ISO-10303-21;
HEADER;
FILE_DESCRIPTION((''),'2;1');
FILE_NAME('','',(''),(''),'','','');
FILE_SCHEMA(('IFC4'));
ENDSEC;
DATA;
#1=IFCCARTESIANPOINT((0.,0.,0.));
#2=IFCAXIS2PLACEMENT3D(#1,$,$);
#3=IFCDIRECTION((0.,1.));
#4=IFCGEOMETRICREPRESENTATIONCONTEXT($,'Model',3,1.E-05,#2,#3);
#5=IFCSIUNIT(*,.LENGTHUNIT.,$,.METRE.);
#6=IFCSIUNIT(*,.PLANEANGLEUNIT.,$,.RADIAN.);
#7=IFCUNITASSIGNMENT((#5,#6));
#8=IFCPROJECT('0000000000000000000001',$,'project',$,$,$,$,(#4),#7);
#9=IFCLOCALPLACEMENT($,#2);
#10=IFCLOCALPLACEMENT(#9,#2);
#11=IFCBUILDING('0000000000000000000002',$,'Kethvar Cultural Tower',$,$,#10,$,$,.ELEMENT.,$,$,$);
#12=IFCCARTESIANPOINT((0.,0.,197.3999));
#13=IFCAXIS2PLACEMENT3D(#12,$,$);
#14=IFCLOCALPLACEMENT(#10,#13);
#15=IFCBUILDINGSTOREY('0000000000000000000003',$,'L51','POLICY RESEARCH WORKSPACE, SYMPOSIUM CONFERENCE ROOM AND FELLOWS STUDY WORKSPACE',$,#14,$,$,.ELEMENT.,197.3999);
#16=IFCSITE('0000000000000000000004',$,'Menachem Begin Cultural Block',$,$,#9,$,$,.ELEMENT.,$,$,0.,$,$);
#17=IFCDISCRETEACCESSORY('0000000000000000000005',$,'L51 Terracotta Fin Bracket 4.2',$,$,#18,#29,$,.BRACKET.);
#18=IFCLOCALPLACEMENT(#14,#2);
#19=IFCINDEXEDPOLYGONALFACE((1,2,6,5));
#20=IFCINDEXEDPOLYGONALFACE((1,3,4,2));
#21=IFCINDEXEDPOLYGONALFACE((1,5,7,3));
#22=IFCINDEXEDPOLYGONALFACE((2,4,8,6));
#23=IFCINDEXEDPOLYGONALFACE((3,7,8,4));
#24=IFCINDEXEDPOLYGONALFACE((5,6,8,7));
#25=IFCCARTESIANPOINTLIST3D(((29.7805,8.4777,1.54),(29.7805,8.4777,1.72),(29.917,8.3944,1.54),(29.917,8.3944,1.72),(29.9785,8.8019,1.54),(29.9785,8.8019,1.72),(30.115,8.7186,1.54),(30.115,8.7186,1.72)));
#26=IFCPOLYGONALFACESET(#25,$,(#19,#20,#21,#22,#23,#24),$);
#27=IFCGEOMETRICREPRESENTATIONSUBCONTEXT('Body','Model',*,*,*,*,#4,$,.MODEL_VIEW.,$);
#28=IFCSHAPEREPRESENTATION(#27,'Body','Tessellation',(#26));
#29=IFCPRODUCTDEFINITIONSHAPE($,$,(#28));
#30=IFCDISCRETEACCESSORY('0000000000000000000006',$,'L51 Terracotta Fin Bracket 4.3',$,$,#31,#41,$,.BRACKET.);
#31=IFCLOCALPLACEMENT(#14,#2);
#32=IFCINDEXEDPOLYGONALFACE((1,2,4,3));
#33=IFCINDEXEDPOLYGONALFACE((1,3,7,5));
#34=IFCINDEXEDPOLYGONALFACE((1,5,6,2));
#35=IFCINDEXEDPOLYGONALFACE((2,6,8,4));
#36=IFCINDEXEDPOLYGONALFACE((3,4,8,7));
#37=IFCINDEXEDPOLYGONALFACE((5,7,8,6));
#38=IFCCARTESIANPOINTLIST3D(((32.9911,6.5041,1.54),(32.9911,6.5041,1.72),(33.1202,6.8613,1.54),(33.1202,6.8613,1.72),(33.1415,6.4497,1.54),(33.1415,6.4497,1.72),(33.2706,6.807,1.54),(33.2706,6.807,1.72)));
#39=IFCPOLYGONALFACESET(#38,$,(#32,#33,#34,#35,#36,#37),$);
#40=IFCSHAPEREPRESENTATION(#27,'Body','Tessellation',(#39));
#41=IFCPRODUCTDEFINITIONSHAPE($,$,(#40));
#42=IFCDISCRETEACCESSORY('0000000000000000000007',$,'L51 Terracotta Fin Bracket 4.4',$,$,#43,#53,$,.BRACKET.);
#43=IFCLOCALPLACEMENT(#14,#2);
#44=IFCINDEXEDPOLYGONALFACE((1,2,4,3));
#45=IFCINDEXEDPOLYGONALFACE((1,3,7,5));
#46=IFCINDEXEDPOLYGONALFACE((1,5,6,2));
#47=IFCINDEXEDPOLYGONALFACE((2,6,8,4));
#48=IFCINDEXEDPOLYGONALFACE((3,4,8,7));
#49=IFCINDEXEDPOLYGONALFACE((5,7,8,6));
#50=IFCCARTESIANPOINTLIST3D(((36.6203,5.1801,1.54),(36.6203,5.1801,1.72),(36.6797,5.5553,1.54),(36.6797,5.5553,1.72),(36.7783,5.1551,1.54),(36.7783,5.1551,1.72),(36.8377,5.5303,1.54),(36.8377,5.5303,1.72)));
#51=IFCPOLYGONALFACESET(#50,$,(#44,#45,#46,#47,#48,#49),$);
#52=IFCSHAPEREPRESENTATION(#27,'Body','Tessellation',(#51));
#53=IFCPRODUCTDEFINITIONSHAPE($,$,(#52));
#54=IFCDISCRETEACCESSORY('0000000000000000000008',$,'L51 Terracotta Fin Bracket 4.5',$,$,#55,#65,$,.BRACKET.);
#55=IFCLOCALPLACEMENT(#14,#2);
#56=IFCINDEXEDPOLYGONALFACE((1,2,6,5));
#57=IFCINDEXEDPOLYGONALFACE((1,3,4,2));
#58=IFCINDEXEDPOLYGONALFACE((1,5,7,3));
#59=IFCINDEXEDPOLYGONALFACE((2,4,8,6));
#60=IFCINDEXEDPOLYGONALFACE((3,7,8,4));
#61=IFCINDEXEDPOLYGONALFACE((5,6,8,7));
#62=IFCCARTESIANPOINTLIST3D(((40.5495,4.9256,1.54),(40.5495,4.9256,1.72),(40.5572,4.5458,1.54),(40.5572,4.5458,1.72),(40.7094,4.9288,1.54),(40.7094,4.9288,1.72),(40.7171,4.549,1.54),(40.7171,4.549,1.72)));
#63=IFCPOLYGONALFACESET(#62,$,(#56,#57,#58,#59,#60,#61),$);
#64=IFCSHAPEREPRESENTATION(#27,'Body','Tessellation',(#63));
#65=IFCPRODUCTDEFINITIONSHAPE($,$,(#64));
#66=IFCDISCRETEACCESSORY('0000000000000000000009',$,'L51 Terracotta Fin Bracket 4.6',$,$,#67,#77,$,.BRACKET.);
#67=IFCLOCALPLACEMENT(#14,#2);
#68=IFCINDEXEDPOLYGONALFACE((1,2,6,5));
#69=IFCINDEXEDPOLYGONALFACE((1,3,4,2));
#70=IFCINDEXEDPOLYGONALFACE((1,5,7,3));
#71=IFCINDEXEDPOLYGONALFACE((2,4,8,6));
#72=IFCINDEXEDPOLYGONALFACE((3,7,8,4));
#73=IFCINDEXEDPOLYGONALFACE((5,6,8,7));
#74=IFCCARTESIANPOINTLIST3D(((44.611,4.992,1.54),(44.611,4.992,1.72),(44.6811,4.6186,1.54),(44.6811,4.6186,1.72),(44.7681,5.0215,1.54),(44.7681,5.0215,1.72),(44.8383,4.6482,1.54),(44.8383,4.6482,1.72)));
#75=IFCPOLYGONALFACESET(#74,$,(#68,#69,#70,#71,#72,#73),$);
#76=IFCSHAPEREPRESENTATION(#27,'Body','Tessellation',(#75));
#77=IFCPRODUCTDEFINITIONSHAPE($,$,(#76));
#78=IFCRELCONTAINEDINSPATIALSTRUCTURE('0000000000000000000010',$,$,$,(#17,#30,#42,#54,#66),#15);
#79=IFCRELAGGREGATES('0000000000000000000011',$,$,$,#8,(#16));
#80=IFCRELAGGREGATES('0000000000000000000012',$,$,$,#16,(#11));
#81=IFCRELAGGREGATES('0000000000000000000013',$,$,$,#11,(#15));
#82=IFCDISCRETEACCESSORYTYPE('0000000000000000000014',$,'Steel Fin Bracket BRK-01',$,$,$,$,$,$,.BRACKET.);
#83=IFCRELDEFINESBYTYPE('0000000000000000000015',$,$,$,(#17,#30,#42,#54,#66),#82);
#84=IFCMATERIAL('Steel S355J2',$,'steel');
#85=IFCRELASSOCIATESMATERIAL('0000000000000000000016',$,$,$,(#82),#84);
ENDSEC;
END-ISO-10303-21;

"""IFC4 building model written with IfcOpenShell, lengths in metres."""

from ifc_helpers import new_model, si_unit, direction, frame, origin, origin_2d, place, context, subcontext, project, spatial, rectangle, extrude, source, transform, mapped, material, type_object, element, save


model = new_model("IFC4")

# Units and contexts
model_context = context("Model", 3, precision=1e-05, world=origin(), true_north=direction((0.0, 1.0)))
body_context = subcontext(model_context, "Body", "Model", "MODEL_VIEW")
ifc_project = project(units=[si_unit("LENGTHUNIT", "METRE"), si_unit("PLANEANGLEUNIT", "RADIAN")], contexts=[model_context])

# Site, building, storey
site_placement = place(None, origin())
site = spatial("IfcSite", under=ifc_project, at=site_placement, Name="Menachem Begin Cultural Block", CompositionType="ELEMENT", RefElevation=0.0)
building_placement = place(site_placement, origin())
building = spatial("IfcBuilding", under=site, at=building_placement, Name="Kethvar Cultural Tower", CompositionType="ELEMENT")
storey_placement = place(building_placement, frame((0.0, 0.0, 197.3999)))
storey = spatial("IfcBuildingStorey", under=building, at=storey_placement, Name="L51", Description="POLICY RESEARCH WORKSPACE, SYMPOSIUM CONFERENCE ROOM AND FELLOWS STUDY WORKSPACE", CompositionType="ELEMENT", Elevation=197.3999)

# Shared definitions
ifc_material_1 = material(Name="Steel S355J2", Category="steel")

# Discrete accessories
discrete_accessory_type = type_object("IfcDiscreteAccessoryType", Name="Steel Fin Bracket BRK-01", PredefinedType="BRACKET", material=ifc_material_1)
shared_shape_1 = source(origin(), body_context, "Body", "SweptSolid", [
    extrude(rectangle(XDim=0.3799, YDim=0.1599, at=origin_2d()), origin(), (0.0, 0.0, 1.0), 0.1799),
])
for number, where, z_axis, x_axis, name in (
    (1, (29.9478, 8.5981, 1.54), (0.0, 0.0, 1.0), (-0.52101, -0.853551, 0.0), "L51 Terracotta Fin Bracket 4.2"),
    (2, (33.1309, 6.6555, 1.54), (0.0, 0.0, 1.0), (-0.339887, -0.940466, 0.0), "L51 Terracotta Fin Bracket 4.3"),
    (3, (36.729, 5.3552, 1.54), (0.0, 0.0, 1.0), (-0.156434, -0.987688, 0.0), "L51 Terracotta Fin Bracket 4.4"),
    (4, (40.6333, 4.7373, 1.54), (0.0, 0.0, 1.0), (0.020244, -0.999795, 0.0), "L51 Terracotta Fin Bracket 4.5"),
    (5, (44.7246, 4.8201, 1.54), (0.0, 0.0, 1.0), (0.184638, -0.982807, 0.0), "L51 Terracotta Fin Bracket 4.6"),
):
    element("IfcDiscreteAccessory", number, at=place(storey_placement, frame(where, z_axis=z_axis, x_axis=x_axis)), inside=storey, type_object=discrete_accessory_type, Name=name, PredefinedType="BRACKET", context=body_context, shape_type="MappedRepresentation", body=[
        mapped(shared_shape_1, transform((0.0, 0.0, 0.0), scale=1.0)),
    ])

save(model, "model.ifc")
